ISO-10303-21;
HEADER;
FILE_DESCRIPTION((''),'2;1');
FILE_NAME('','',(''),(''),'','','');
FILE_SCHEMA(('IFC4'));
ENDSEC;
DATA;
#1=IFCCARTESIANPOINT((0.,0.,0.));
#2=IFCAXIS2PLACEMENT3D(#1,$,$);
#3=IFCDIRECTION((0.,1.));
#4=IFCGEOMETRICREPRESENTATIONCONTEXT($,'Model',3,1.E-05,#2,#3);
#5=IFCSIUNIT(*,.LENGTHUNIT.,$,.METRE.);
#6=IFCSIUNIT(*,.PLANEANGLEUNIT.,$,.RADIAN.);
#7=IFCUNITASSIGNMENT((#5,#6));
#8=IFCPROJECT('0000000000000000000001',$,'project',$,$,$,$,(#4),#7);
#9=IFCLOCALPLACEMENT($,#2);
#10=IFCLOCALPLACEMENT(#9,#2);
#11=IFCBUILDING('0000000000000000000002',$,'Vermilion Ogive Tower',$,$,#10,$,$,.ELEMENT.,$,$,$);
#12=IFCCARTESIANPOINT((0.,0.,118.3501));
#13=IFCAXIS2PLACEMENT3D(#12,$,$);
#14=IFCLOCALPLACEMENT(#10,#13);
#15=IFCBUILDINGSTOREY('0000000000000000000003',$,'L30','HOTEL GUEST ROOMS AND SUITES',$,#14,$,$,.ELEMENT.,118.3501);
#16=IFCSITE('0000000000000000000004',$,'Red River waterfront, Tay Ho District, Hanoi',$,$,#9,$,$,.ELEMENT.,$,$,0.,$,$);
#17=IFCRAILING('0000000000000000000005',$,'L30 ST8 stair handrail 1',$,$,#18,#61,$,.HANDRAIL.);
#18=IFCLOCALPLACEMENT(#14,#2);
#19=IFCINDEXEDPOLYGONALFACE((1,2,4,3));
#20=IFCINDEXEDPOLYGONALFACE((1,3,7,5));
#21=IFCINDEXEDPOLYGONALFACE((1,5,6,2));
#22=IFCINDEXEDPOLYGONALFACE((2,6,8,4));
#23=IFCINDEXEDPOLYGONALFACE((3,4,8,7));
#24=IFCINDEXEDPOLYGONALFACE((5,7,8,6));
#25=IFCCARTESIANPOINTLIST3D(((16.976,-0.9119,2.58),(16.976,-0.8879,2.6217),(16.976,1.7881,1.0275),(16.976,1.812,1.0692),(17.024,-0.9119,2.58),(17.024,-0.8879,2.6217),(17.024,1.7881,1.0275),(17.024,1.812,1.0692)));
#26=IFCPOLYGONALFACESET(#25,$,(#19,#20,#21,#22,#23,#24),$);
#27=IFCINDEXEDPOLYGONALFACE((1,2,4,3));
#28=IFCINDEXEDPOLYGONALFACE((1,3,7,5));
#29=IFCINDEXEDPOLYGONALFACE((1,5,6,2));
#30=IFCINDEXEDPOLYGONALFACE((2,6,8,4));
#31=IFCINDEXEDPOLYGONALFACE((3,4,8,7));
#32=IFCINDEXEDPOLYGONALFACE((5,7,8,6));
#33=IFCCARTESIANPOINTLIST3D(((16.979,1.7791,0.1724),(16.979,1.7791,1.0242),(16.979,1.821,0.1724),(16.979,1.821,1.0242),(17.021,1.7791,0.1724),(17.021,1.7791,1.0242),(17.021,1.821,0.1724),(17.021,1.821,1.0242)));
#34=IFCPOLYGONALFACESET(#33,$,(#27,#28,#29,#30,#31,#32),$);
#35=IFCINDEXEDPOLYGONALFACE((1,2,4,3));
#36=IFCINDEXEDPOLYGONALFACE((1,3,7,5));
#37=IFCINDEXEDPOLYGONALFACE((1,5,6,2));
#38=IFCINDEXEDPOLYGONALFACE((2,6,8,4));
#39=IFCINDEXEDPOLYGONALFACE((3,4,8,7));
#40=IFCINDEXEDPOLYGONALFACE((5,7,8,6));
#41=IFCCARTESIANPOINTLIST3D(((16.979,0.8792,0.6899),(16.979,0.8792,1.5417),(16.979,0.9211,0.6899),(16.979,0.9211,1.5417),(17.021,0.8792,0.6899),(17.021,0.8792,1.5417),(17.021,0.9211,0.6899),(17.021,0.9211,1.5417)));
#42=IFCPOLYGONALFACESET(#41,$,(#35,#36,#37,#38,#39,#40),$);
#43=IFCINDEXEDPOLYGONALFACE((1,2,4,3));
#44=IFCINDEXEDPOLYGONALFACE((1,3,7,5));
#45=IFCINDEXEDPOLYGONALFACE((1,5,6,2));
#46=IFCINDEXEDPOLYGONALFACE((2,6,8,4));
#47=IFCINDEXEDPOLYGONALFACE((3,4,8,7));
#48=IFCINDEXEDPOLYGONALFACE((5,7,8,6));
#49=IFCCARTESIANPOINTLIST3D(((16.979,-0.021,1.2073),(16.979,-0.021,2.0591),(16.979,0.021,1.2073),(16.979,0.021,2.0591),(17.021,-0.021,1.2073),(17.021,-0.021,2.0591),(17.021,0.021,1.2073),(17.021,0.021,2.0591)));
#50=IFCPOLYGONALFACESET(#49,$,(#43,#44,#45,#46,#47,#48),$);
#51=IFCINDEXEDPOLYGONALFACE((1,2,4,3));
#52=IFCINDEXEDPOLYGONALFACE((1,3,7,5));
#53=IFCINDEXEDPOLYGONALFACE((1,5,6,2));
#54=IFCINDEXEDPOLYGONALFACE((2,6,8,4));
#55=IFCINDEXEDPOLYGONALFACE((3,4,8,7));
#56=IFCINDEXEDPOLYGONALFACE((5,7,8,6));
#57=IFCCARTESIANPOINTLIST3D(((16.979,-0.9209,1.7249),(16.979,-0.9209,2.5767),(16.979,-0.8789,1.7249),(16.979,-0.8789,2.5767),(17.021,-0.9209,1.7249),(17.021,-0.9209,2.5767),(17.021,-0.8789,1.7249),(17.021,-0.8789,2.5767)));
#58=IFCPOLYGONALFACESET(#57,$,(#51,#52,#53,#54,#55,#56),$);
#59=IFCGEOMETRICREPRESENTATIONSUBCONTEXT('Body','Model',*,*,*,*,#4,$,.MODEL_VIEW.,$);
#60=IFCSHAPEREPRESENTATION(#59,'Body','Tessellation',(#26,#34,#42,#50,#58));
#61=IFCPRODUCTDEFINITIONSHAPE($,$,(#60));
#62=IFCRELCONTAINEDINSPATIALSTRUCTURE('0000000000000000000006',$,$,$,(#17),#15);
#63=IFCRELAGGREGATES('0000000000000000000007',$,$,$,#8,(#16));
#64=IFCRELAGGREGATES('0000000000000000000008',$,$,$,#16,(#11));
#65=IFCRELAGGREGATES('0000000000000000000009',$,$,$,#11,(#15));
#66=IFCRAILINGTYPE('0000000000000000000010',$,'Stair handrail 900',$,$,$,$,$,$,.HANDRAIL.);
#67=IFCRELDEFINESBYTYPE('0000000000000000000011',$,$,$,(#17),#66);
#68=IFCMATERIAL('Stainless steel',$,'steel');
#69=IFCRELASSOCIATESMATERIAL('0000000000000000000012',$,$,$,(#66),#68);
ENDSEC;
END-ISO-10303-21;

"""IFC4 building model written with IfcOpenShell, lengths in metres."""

from ifc_helpers import new_model, si_unit, direction, frame, origin, origin_2d, place, context, subcontext, project, spatial, rectangle, extrude, material, type_object, element, save


model = new_model("IFC4")

# Units and contexts
model_context = context("Model", 3, precision=1e-05, world=origin(), true_north=direction((0.0, 1.0)))
body_context = subcontext(model_context, "Body", "Model", "MODEL_VIEW")
ifc_project = project(units=[si_unit("LENGTHUNIT", "METRE"), si_unit("PLANEANGLEUNIT", "RADIAN")], contexts=[model_context])

# Site, building, storey
site_placement = place(None, origin())
site = spatial("IfcSite", under=ifc_project, at=site_placement, Name="Red River waterfront, Tay Ho District, Hanoi", CompositionType="ELEMENT", RefElevation=0.0)
building_placement = place(site_placement, origin())
building = spatial("IfcBuilding", under=site, at=building_placement, Name="Vermilion Ogive Tower", CompositionType="ELEMENT")
storey_placement = place(building_placement, frame((0.0, 0.0, 118.3501)))
storey = spatial("IfcBuildingStorey", under=building, at=storey_placement, Name="L30", Description="HOTEL GUEST ROOMS AND SUITES", CompositionType="ELEMENT", Elevation=118.3501)

# Railing
ifc_material_1 = material(Name="Stainless steel", Category="steel")
railing_type_1 = type_object("IfcRailingType", Name="Stair handrail 900", PredefinedType="HANDRAIL", material=ifc_material_1)
railing_1_placement = place(storey_placement, frame((17.0, 1.8, 0.1724)))
element("IfcRailing", 1, at=railing_1_placement, inside=storey, type_object=railing_type_1, Name="L30 ST8 stair handrail 1", PredefinedType="HANDRAIL", context=body_context, shape_type="SweptSolid", body=[
    extrude(rectangle(XDim=0.0481, YDim=0.0481, at=origin_2d()), frame((0.0, 0.0, 0.876), z_axis=(0.0, -0.866904, 0.498476), x_axis=(1.0, 0.0, 0.0)), (0.0, 0.0, 1.0), 3.1145),
    extrude(rectangle(XDim=0.042, YDim=0.042, at=origin_2d()), origin(), (0.0, 0.0, 1.0), 0.8518),
    extrude(rectangle(XDim=0.042, YDim=0.042, at=origin_2d()), frame((0.0, -0.8999, 0.5176)), (0.0, 0.0, 1.0), 0.8518),
    extrude(rectangle(XDim=0.042, YDim=0.042, at=origin_2d()), frame((0.0, -1.8, 1.0349)), (0.0, 0.0, 1.0), 0.8518),
    extrude(rectangle(XDim=0.042, YDim=0.042, at=origin_2d()), frame((0.0, -2.7, 1.5525)), (0.0, 0.0, 1.0), 0.8518),
])

save(model, "model.ifc")
